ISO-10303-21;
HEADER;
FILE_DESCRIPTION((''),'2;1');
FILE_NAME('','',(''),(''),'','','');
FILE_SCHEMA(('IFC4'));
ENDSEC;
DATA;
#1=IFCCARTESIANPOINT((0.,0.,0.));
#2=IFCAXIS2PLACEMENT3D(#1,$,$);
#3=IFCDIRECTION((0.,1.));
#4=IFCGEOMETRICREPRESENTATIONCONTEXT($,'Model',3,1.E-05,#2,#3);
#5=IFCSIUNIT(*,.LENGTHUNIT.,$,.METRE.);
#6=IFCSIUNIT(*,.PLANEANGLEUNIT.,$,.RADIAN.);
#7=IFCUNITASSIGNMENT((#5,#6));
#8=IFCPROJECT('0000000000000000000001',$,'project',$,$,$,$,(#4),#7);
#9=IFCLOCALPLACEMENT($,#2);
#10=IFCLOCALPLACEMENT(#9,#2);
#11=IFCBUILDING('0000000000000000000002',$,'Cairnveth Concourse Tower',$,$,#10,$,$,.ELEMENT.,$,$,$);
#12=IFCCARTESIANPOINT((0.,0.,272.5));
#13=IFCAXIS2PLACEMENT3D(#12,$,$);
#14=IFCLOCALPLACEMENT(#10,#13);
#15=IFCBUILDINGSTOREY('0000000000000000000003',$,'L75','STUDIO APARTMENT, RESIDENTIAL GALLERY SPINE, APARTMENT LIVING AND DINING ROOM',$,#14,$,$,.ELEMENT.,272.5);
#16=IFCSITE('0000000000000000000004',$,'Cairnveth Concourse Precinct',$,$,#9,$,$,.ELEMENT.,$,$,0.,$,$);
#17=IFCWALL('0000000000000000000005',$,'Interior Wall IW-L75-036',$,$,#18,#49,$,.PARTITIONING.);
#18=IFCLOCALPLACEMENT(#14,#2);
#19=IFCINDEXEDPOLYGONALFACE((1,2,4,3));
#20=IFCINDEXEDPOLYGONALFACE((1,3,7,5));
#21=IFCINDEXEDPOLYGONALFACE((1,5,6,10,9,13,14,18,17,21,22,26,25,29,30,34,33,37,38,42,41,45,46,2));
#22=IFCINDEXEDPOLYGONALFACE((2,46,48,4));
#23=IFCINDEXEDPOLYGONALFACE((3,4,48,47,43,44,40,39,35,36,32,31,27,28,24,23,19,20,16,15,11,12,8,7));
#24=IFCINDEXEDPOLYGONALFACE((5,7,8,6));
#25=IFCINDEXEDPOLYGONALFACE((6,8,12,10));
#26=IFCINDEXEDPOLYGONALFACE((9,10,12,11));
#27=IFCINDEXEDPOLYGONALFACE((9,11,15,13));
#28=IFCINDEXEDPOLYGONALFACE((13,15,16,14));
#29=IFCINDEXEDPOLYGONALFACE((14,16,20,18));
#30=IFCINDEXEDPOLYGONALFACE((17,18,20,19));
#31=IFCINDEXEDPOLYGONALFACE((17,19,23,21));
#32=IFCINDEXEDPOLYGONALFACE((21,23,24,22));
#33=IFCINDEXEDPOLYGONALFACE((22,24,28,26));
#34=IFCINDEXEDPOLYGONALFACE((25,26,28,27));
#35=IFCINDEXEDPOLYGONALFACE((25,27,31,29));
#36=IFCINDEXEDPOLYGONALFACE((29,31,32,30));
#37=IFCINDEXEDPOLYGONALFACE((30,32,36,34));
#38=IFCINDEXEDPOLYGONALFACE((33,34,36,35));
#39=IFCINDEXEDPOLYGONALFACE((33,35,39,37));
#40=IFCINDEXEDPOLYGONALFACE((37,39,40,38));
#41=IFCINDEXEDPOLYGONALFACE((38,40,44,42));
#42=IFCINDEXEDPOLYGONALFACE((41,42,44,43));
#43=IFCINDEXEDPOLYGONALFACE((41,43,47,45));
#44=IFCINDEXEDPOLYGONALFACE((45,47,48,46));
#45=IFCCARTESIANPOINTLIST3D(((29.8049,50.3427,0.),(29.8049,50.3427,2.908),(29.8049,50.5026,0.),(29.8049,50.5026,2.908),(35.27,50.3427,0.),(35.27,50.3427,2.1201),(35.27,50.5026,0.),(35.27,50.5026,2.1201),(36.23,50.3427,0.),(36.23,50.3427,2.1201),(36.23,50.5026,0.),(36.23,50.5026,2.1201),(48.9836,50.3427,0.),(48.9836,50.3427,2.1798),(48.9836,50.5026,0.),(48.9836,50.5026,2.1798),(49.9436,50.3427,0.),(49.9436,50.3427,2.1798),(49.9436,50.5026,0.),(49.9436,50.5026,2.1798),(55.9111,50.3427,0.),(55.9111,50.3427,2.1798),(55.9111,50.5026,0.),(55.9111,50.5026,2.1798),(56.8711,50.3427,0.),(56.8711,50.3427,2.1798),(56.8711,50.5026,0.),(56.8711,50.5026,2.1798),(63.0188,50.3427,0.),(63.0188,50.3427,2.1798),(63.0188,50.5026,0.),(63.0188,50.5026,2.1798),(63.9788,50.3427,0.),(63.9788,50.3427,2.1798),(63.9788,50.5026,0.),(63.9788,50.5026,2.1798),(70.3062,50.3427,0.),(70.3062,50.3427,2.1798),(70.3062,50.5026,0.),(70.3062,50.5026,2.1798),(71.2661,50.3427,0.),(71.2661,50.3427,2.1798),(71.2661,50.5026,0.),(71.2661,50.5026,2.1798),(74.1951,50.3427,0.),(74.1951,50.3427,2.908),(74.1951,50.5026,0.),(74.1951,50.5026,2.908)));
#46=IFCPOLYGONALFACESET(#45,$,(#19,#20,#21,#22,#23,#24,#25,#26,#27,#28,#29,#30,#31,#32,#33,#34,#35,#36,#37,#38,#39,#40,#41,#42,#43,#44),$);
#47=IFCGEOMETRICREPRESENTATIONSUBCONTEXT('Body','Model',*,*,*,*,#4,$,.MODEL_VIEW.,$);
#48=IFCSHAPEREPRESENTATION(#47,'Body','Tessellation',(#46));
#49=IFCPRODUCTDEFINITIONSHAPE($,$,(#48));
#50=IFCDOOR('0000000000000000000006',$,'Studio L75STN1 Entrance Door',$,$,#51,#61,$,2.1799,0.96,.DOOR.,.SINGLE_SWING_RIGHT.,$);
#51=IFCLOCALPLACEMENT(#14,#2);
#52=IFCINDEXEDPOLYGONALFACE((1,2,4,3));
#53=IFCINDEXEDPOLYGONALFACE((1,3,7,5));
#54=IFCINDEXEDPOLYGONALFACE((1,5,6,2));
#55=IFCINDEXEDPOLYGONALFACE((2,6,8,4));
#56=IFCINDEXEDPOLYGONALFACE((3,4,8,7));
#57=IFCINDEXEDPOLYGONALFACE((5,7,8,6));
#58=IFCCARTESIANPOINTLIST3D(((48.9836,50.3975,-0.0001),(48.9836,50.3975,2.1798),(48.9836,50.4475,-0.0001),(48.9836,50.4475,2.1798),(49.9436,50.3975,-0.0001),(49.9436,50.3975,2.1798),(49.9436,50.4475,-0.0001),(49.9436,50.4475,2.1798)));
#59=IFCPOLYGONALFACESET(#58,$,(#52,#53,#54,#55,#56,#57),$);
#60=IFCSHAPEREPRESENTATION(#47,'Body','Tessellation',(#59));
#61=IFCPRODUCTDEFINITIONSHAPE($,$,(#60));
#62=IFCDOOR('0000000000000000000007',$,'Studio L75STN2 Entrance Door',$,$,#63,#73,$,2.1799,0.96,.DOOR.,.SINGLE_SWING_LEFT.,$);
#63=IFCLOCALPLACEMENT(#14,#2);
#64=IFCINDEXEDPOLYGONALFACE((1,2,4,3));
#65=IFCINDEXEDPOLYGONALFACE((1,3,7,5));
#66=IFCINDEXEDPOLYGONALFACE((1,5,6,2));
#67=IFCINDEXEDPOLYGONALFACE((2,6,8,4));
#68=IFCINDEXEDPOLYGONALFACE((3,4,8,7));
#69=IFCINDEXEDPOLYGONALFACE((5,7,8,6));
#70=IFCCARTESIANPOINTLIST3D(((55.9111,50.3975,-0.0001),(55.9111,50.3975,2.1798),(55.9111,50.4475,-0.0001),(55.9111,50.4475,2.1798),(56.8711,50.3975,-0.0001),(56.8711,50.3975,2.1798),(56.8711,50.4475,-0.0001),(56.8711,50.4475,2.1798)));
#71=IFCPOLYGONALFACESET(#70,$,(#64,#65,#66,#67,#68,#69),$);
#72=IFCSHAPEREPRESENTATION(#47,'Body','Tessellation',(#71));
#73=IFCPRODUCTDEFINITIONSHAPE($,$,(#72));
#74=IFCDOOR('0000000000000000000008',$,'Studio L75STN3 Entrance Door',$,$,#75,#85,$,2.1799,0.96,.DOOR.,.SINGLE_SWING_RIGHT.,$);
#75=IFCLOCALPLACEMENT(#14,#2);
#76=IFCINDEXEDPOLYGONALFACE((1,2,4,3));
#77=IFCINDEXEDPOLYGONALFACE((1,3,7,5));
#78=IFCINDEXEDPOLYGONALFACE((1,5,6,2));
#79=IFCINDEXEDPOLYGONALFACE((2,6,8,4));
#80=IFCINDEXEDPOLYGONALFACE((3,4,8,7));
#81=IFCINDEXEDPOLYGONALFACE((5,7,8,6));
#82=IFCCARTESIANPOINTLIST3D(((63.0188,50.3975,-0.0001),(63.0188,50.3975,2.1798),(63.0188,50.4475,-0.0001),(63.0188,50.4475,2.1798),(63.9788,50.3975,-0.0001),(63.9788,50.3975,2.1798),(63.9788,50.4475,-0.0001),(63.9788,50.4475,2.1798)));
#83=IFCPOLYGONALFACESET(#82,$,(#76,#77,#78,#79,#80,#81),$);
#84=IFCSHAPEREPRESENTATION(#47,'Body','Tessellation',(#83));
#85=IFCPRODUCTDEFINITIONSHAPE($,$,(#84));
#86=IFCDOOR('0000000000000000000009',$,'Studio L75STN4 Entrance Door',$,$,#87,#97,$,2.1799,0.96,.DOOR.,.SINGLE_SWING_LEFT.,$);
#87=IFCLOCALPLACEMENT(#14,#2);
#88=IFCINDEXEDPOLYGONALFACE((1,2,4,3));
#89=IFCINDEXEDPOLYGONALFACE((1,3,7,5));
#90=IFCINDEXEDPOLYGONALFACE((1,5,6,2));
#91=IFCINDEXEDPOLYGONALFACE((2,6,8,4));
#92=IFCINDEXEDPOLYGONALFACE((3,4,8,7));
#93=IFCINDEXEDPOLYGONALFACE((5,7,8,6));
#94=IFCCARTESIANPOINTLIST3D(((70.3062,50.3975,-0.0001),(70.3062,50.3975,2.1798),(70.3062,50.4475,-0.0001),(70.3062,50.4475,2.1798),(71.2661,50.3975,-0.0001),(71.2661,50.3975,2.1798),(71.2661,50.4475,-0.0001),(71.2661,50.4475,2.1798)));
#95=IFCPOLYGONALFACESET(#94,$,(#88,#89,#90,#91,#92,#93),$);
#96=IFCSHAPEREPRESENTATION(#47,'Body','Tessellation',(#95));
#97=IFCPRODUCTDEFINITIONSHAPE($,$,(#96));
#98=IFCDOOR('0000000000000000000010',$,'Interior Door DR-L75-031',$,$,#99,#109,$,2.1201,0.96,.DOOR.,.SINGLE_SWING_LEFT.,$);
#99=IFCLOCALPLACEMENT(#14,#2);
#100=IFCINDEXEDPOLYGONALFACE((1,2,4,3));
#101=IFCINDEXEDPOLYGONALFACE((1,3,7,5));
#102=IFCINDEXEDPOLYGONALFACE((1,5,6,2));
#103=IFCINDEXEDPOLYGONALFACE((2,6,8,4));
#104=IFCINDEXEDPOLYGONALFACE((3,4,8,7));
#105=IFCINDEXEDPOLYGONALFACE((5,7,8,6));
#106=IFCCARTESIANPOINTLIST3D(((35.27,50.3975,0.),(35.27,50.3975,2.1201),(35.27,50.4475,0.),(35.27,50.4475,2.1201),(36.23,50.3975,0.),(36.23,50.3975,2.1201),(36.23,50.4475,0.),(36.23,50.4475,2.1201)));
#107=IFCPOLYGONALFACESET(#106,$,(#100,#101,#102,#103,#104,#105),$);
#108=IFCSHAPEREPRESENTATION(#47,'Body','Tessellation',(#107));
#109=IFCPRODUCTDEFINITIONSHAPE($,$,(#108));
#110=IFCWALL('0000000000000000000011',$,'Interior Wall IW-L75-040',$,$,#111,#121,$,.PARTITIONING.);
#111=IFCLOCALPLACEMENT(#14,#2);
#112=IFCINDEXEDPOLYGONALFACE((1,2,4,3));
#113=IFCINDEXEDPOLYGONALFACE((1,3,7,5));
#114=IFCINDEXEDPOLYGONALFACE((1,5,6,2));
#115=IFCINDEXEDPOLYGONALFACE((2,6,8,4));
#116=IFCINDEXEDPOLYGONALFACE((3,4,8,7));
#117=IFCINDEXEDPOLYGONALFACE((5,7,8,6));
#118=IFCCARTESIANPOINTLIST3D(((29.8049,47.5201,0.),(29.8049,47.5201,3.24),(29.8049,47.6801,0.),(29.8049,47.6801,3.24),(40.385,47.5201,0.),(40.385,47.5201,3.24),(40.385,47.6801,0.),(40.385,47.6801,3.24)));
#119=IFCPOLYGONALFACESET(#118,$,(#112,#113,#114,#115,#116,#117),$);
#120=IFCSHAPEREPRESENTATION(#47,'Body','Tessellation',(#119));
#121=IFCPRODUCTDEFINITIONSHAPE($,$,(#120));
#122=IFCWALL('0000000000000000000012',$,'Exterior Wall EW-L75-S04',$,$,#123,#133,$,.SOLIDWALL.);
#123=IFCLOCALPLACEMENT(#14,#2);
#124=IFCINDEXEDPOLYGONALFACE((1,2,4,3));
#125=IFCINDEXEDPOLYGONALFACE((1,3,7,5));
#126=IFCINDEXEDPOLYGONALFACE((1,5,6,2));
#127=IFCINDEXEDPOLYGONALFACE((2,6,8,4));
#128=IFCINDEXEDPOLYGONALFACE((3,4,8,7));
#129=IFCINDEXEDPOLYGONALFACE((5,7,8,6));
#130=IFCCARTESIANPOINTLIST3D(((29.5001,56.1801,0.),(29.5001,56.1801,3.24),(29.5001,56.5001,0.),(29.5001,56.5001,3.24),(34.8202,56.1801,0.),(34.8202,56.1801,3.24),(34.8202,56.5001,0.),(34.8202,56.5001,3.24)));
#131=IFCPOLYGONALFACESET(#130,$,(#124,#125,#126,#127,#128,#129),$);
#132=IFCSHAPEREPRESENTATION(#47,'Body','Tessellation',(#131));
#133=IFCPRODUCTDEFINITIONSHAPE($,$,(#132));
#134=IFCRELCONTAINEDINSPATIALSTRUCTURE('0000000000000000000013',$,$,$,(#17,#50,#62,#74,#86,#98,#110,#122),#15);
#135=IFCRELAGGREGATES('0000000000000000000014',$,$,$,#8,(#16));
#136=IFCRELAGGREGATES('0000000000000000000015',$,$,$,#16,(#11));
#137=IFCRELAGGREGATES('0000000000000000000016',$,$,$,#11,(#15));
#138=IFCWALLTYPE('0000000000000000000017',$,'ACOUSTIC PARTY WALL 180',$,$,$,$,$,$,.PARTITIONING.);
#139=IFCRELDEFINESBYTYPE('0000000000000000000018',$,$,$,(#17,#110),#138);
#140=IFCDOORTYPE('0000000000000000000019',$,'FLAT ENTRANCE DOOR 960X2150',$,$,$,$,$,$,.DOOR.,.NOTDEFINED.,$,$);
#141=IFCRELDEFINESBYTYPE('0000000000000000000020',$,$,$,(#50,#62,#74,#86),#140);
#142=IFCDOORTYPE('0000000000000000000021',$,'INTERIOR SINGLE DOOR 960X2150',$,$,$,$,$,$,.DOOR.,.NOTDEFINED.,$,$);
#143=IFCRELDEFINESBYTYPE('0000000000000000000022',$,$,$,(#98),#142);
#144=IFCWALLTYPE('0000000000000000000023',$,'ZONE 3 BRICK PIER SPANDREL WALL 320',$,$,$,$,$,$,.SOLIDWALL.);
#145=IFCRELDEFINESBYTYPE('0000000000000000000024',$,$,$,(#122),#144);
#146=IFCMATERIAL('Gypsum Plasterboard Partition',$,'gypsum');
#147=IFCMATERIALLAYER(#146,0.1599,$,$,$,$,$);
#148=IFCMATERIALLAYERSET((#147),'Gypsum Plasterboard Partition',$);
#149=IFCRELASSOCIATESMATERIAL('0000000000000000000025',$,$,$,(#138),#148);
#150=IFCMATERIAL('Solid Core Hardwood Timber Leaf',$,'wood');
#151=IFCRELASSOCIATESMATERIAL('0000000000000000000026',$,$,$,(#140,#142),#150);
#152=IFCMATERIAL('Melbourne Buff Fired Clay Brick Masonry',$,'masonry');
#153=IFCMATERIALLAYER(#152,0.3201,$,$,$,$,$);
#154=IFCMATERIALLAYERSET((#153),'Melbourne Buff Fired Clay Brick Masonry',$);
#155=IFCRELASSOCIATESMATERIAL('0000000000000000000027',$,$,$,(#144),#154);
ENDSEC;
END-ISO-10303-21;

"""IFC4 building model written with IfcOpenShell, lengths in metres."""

from ifc_helpers import new_model, si_unit, direction, frame, frame_2d, origin, place, context, subcontext, project, spatial, rectangle, extrude, material, layer, layer_set, type_object, element, fill, save


model = new_model("IFC4")

# Units and contexts
model_context = context("Model", 3, precision=1e-05, world=origin(), true_north=direction((0.0, 1.0)))
body_context = subcontext(model_context, "Body", "Model", "MODEL_VIEW")
ifc_project = project(units=[si_unit("LENGTHUNIT", "METRE"), si_unit("PLANEANGLEUNIT", "RADIAN")], contexts=[model_context])

# Site, building, storey
site_placement = place(None, origin())
site = spatial("IfcSite", under=ifc_project, at=site_placement, Name="Cairnveth Concourse Precinct", CompositionType="ELEMENT", RefElevation=0.0)
building_placement = place(site_placement, origin())
building = spatial("IfcBuilding", under=site, at=building_placement, Name="Cairnveth Concourse Tower", CompositionType="ELEMENT")
storey_placement = place(building_placement, frame((0.0, 0.0, 272.5)))
storey = spatial("IfcBuildingStorey", under=building, at=storey_placement, Name="L75", Description="STUDIO APARTMENT, RESIDENTIAL GALLERY SPINE, APARTMENT LIVING AND DINING ROOM", CompositionType="ELEMENT", Elevation=272.5)

# Wall, openings, doors
ifc_material_1 = material(Name="Gypsum Plasterboard Partition", Category="gypsum")
ifc_layer_1 = layer(ifc_material_1, 0.1599)
ifc_layer_set_1 = layer_set([ifc_layer_1], Name="Gypsum Plasterboard Partition")
wall_type_1 = type_object("IfcWallType", Name="ACOUSTIC PARTY WALL 180", PredefinedType="PARTITIONING", material=ifc_layer_set_1)
wall_1_placement = place(storey_placement, frame((29.8049, 50.4226, 0.0), z_axis=(0.0, 0.0, 1.0), x_axis=(1.0, 0.0, 0.0)))
wall_1 = element("IfcWall", 1, at=wall_1_placement, inside=storey, type_object=wall_type_1, Name="Interior Wall IW-L75-036", PredefinedType="PARTITIONING", context=body_context, shape_type="SweptSolid", body=[
    extrude(rectangle(XDim=44.3901, YDim=0.1599, at=frame_2d((22.1951, 0.0))), origin(), (0.0, 0.0, 1.0), 2.908),
])
opening_1_placement = place(wall_1_placement, frame((5.4651, 0.0, 0.0)))
opening_1 = element("IfcOpeningElement", 2, at=opening_1_placement, cuts=wall_1, PredefinedType="OPENING", context=body_context, shape_type="SweptSolid", body=[
    extrude(rectangle(XDim=0.96, YDim=2.1201, at=frame_2d((0.48, 1.0601))), frame((0.0, 0.0898, 0.0), z_axis=(0.0, -1.0, 0.0), x_axis=(1.0, 0.0, 0.0)), (0.0, 0.0, 1.0), 0.1799),
])
opening_2_placement = place(wall_1_placement, frame((19.1787, 0.0, 0.0)))
opening_2 = element("IfcOpeningElement", 3, at=opening_2_placement, cuts=wall_1, PredefinedType="OPENING", context=body_context, shape_type="SweptSolid", body=[
    extrude(rectangle(XDim=0.96, YDim=2.1799, at=frame_2d((0.48, 1.0898))), frame((0.0, 0.0898, 0.0), z_axis=(0.0, -1.0, 0.0), x_axis=(1.0, 0.0, 0.0)), (0.0, 0.0, 1.0), 0.1799),
])
opening_3_placement = place(wall_1_placement, frame((26.1062, 0.0, 0.0)))
opening_3 = element("IfcOpeningElement", 4, at=opening_3_placement, cuts=wall_1, PredefinedType="OPENING", context=body_context, shape_type="SweptSolid", body=[
    extrude(rectangle(XDim=0.96, YDim=2.1799, at=frame_2d((0.48, 1.0898))), frame((0.0, 0.0898, 0.0), z_axis=(0.0, -1.0, 0.0), x_axis=(1.0, 0.0, 0.0)), (0.0, 0.0, 1.0), 0.1799),
])
opening_4_placement = place(wall_1_placement, frame((33.2139, 0.0, 0.0)))
opening_4 = element("IfcOpeningElement", 5, at=opening_4_placement, cuts=wall_1, PredefinedType="OPENING", context=body_context, shape_type="SweptSolid", body=[
    extrude(rectangle(XDim=0.96, YDim=2.1799, at=frame_2d((0.48, 1.0898))), frame((0.0, 0.0898, 0.0), z_axis=(0.0, -1.0, 0.0), x_axis=(1.0, 0.0, 0.0)), (0.0, 0.0, 1.0), 0.1799),
])
opening_5_placement = place(wall_1_placement, frame((40.5012, 0.0, 0.0)))
opening_5 = element("IfcOpeningElement", 6, at=opening_5_placement, cuts=wall_1, PredefinedType="OPENING", context=body_context, shape_type="SweptSolid", body=[
    extrude(rectangle(XDim=0.96, YDim=2.1799, at=frame_2d((0.48, 1.0898))), frame((0.0, 0.0898, 0.0), z_axis=(0.0, -1.0, 0.0), x_axis=(1.0, 0.0, 0.0)), (0.0, 0.0, 1.0), 0.1799),
])
ifc_material_2 = material(Name="Solid Core Hardwood Timber Leaf", Category="wood")
door_type_1 = type_object("IfcDoorType", Name="FLAT ENTRANCE DOOR 960X2150", OperationType="NOTDEFINED", PredefinedType="DOOR", material=ifc_material_2)
door_1_placement = place(opening_2_placement, origin())
door_1 = element("IfcDoor", 7, at=door_1_placement, inside=storey, type_object=door_type_1, Name="Studio L75STN1 Entrance Door", OperationType="SINGLE_SWING_RIGHT", OverallHeight=2.1799, OverallWidth=0.96, PredefinedType="DOOR", context=body_context, shape_type="SweptSolid", body=[
    extrude(rectangle(XDim=0.96, YDim=2.1799, at=frame_2d((0.48, 1.0898))), frame((0.0, 0.0249, 0.0), z_axis=(0.0, -1.0, 0.0), x_axis=(1.0, 0.0, 0.0)), (0.0, 0.0, 1.0), 0.05),
])
fill(opening_2, door_1)
door_2_placement = place(opening_3_placement, origin())
door_2 = element("IfcDoor", 8, at=door_2_placement, inside=storey, type_object=door_type_1, Name="Studio L75STN2 Entrance Door", OperationType="SINGLE_SWING_LEFT", OverallHeight=2.1799, OverallWidth=0.96, PredefinedType="DOOR", context=body_context, shape_type="SweptSolid", body=[
    extrude(rectangle(XDim=0.96, YDim=2.1799, at=frame_2d((0.48, 1.0898))), frame((0.0, 0.0249, 0.0), z_axis=(0.0, -1.0, 0.0), x_axis=(1.0, 0.0, 0.0)), (0.0, 0.0, 1.0), 0.05),
])
fill(opening_3, door_2)
door_3_placement = place(opening_4_placement, origin())
door_3 = element("IfcDoor", 9, at=door_3_placement, inside=storey, type_object=door_type_1, Name="Studio L75STN3 Entrance Door", OperationType="SINGLE_SWING_RIGHT", OverallHeight=2.1799, OverallWidth=0.96, PredefinedType="DOOR", context=body_context, shape_type="SweptSolid", body=[
    extrude(rectangle(XDim=0.96, YDim=2.1799, at=frame_2d((0.48, 1.0898))), frame((0.0, 0.0249, 0.0), z_axis=(0.0, -1.0, 0.0), x_axis=(1.0, 0.0, 0.0)), (0.0, 0.0, 1.0), 0.05),
])
fill(opening_4, door_3)
door_4_placement = place(opening_5_placement, origin())
door_4 = element("IfcDoor", 10, at=door_4_placement, inside=storey, type_object=door_type_1, Name="Studio L75STN4 Entrance Door", OperationType="SINGLE_SWING_LEFT", OverallHeight=2.1799, OverallWidth=0.96, PredefinedType="DOOR", context=body_context, shape_type="SweptSolid", body=[
    extrude(rectangle(XDim=0.96, YDim=2.1799, at=frame_2d((0.48, 1.0898))), frame((0.0, 0.0249, 0.0), z_axis=(0.0, -1.0, 0.0), x_axis=(1.0, 0.0, 0.0)), (0.0, 0.0, 1.0), 0.05),
])
fill(opening_5, door_4)
door_type_2 = type_object("IfcDoorType", Name="INTERIOR SINGLE DOOR 960X2150", OperationType="NOTDEFINED", PredefinedType="DOOR", material=ifc_material_2)
door_5_placement = place(opening_1_placement, origin())
door_5 = element("IfcDoor", 11, at=door_5_placement, inside=storey, type_object=door_type_2, Name="Interior Door DR-L75-031", OperationType="SINGLE_SWING_LEFT", OverallHeight=2.1201, OverallWidth=0.96, PredefinedType="DOOR", context=body_context, shape_type="SweptSolid", body=[
    extrude(rectangle(XDim=0.96, YDim=2.1201, at=frame_2d((0.48, 1.0601))), frame((0.0, 0.0249, 0.0), z_axis=(0.0, -1.0, 0.0), x_axis=(1.0, 0.0, 0.0)), (0.0, 0.0, 1.0), 0.05),
])
fill(opening_1, door_5)

# Walls
wall_2_placement = place(storey_placement, frame((29.8049, 47.6001, 0.0), z_axis=(0.0, 0.0, 1.0), x_axis=(1.0, 0.0, 0.0)))
element("IfcWall", 12, at=wall_2_placement, inside=storey, type_object=wall_type_1, Name="Interior Wall IW-L75-040", PredefinedType="PARTITIONING", context=body_context, shape_type="SweptSolid", body=[
    extrude(rectangle(XDim=10.5801, YDim=0.1599, at=frame_2d((5.29, 0.0))), origin(), (0.0, 0.0, 1.0), 3.24),
])
ifc_material_3 = material(Name="Melbourne Buff Fired Clay Brick Masonry", Category="masonry")
ifc_layer_2 = layer(ifc_material_3, 0.3201)
ifc_layer_set_2 = layer_set([ifc_layer_2], Name="Melbourne Buff Fired Clay Brick Masonry")
wall_type_2 = type_object("IfcWallType", Name="ZONE 3 BRICK PIER SPANDREL WALL 320", PredefinedType="SOLIDWALL", material=ifc_layer_set_2)
wall_3_placement = place(storey_placement, frame((29.5, 56.3401, 0.0), z_axis=(0.0, 0.0, 1.0), x_axis=(1.0, 0.0, 0.0)))
element("IfcWall", 13, at=wall_3_placement, inside=storey, type_object=wall_type_2, Name="Exterior Wall EW-L75-S04", PredefinedType="SOLIDWALL", context=body_context, shape_type="SweptSolid", body=[
    extrude(rectangle(XDim=5.3201, YDim=0.3201, at=frame_2d((2.6602, 0.0))), origin(), (0.0, 0.0, 1.0), 3.24),
])

save(model, "model.ifc")
